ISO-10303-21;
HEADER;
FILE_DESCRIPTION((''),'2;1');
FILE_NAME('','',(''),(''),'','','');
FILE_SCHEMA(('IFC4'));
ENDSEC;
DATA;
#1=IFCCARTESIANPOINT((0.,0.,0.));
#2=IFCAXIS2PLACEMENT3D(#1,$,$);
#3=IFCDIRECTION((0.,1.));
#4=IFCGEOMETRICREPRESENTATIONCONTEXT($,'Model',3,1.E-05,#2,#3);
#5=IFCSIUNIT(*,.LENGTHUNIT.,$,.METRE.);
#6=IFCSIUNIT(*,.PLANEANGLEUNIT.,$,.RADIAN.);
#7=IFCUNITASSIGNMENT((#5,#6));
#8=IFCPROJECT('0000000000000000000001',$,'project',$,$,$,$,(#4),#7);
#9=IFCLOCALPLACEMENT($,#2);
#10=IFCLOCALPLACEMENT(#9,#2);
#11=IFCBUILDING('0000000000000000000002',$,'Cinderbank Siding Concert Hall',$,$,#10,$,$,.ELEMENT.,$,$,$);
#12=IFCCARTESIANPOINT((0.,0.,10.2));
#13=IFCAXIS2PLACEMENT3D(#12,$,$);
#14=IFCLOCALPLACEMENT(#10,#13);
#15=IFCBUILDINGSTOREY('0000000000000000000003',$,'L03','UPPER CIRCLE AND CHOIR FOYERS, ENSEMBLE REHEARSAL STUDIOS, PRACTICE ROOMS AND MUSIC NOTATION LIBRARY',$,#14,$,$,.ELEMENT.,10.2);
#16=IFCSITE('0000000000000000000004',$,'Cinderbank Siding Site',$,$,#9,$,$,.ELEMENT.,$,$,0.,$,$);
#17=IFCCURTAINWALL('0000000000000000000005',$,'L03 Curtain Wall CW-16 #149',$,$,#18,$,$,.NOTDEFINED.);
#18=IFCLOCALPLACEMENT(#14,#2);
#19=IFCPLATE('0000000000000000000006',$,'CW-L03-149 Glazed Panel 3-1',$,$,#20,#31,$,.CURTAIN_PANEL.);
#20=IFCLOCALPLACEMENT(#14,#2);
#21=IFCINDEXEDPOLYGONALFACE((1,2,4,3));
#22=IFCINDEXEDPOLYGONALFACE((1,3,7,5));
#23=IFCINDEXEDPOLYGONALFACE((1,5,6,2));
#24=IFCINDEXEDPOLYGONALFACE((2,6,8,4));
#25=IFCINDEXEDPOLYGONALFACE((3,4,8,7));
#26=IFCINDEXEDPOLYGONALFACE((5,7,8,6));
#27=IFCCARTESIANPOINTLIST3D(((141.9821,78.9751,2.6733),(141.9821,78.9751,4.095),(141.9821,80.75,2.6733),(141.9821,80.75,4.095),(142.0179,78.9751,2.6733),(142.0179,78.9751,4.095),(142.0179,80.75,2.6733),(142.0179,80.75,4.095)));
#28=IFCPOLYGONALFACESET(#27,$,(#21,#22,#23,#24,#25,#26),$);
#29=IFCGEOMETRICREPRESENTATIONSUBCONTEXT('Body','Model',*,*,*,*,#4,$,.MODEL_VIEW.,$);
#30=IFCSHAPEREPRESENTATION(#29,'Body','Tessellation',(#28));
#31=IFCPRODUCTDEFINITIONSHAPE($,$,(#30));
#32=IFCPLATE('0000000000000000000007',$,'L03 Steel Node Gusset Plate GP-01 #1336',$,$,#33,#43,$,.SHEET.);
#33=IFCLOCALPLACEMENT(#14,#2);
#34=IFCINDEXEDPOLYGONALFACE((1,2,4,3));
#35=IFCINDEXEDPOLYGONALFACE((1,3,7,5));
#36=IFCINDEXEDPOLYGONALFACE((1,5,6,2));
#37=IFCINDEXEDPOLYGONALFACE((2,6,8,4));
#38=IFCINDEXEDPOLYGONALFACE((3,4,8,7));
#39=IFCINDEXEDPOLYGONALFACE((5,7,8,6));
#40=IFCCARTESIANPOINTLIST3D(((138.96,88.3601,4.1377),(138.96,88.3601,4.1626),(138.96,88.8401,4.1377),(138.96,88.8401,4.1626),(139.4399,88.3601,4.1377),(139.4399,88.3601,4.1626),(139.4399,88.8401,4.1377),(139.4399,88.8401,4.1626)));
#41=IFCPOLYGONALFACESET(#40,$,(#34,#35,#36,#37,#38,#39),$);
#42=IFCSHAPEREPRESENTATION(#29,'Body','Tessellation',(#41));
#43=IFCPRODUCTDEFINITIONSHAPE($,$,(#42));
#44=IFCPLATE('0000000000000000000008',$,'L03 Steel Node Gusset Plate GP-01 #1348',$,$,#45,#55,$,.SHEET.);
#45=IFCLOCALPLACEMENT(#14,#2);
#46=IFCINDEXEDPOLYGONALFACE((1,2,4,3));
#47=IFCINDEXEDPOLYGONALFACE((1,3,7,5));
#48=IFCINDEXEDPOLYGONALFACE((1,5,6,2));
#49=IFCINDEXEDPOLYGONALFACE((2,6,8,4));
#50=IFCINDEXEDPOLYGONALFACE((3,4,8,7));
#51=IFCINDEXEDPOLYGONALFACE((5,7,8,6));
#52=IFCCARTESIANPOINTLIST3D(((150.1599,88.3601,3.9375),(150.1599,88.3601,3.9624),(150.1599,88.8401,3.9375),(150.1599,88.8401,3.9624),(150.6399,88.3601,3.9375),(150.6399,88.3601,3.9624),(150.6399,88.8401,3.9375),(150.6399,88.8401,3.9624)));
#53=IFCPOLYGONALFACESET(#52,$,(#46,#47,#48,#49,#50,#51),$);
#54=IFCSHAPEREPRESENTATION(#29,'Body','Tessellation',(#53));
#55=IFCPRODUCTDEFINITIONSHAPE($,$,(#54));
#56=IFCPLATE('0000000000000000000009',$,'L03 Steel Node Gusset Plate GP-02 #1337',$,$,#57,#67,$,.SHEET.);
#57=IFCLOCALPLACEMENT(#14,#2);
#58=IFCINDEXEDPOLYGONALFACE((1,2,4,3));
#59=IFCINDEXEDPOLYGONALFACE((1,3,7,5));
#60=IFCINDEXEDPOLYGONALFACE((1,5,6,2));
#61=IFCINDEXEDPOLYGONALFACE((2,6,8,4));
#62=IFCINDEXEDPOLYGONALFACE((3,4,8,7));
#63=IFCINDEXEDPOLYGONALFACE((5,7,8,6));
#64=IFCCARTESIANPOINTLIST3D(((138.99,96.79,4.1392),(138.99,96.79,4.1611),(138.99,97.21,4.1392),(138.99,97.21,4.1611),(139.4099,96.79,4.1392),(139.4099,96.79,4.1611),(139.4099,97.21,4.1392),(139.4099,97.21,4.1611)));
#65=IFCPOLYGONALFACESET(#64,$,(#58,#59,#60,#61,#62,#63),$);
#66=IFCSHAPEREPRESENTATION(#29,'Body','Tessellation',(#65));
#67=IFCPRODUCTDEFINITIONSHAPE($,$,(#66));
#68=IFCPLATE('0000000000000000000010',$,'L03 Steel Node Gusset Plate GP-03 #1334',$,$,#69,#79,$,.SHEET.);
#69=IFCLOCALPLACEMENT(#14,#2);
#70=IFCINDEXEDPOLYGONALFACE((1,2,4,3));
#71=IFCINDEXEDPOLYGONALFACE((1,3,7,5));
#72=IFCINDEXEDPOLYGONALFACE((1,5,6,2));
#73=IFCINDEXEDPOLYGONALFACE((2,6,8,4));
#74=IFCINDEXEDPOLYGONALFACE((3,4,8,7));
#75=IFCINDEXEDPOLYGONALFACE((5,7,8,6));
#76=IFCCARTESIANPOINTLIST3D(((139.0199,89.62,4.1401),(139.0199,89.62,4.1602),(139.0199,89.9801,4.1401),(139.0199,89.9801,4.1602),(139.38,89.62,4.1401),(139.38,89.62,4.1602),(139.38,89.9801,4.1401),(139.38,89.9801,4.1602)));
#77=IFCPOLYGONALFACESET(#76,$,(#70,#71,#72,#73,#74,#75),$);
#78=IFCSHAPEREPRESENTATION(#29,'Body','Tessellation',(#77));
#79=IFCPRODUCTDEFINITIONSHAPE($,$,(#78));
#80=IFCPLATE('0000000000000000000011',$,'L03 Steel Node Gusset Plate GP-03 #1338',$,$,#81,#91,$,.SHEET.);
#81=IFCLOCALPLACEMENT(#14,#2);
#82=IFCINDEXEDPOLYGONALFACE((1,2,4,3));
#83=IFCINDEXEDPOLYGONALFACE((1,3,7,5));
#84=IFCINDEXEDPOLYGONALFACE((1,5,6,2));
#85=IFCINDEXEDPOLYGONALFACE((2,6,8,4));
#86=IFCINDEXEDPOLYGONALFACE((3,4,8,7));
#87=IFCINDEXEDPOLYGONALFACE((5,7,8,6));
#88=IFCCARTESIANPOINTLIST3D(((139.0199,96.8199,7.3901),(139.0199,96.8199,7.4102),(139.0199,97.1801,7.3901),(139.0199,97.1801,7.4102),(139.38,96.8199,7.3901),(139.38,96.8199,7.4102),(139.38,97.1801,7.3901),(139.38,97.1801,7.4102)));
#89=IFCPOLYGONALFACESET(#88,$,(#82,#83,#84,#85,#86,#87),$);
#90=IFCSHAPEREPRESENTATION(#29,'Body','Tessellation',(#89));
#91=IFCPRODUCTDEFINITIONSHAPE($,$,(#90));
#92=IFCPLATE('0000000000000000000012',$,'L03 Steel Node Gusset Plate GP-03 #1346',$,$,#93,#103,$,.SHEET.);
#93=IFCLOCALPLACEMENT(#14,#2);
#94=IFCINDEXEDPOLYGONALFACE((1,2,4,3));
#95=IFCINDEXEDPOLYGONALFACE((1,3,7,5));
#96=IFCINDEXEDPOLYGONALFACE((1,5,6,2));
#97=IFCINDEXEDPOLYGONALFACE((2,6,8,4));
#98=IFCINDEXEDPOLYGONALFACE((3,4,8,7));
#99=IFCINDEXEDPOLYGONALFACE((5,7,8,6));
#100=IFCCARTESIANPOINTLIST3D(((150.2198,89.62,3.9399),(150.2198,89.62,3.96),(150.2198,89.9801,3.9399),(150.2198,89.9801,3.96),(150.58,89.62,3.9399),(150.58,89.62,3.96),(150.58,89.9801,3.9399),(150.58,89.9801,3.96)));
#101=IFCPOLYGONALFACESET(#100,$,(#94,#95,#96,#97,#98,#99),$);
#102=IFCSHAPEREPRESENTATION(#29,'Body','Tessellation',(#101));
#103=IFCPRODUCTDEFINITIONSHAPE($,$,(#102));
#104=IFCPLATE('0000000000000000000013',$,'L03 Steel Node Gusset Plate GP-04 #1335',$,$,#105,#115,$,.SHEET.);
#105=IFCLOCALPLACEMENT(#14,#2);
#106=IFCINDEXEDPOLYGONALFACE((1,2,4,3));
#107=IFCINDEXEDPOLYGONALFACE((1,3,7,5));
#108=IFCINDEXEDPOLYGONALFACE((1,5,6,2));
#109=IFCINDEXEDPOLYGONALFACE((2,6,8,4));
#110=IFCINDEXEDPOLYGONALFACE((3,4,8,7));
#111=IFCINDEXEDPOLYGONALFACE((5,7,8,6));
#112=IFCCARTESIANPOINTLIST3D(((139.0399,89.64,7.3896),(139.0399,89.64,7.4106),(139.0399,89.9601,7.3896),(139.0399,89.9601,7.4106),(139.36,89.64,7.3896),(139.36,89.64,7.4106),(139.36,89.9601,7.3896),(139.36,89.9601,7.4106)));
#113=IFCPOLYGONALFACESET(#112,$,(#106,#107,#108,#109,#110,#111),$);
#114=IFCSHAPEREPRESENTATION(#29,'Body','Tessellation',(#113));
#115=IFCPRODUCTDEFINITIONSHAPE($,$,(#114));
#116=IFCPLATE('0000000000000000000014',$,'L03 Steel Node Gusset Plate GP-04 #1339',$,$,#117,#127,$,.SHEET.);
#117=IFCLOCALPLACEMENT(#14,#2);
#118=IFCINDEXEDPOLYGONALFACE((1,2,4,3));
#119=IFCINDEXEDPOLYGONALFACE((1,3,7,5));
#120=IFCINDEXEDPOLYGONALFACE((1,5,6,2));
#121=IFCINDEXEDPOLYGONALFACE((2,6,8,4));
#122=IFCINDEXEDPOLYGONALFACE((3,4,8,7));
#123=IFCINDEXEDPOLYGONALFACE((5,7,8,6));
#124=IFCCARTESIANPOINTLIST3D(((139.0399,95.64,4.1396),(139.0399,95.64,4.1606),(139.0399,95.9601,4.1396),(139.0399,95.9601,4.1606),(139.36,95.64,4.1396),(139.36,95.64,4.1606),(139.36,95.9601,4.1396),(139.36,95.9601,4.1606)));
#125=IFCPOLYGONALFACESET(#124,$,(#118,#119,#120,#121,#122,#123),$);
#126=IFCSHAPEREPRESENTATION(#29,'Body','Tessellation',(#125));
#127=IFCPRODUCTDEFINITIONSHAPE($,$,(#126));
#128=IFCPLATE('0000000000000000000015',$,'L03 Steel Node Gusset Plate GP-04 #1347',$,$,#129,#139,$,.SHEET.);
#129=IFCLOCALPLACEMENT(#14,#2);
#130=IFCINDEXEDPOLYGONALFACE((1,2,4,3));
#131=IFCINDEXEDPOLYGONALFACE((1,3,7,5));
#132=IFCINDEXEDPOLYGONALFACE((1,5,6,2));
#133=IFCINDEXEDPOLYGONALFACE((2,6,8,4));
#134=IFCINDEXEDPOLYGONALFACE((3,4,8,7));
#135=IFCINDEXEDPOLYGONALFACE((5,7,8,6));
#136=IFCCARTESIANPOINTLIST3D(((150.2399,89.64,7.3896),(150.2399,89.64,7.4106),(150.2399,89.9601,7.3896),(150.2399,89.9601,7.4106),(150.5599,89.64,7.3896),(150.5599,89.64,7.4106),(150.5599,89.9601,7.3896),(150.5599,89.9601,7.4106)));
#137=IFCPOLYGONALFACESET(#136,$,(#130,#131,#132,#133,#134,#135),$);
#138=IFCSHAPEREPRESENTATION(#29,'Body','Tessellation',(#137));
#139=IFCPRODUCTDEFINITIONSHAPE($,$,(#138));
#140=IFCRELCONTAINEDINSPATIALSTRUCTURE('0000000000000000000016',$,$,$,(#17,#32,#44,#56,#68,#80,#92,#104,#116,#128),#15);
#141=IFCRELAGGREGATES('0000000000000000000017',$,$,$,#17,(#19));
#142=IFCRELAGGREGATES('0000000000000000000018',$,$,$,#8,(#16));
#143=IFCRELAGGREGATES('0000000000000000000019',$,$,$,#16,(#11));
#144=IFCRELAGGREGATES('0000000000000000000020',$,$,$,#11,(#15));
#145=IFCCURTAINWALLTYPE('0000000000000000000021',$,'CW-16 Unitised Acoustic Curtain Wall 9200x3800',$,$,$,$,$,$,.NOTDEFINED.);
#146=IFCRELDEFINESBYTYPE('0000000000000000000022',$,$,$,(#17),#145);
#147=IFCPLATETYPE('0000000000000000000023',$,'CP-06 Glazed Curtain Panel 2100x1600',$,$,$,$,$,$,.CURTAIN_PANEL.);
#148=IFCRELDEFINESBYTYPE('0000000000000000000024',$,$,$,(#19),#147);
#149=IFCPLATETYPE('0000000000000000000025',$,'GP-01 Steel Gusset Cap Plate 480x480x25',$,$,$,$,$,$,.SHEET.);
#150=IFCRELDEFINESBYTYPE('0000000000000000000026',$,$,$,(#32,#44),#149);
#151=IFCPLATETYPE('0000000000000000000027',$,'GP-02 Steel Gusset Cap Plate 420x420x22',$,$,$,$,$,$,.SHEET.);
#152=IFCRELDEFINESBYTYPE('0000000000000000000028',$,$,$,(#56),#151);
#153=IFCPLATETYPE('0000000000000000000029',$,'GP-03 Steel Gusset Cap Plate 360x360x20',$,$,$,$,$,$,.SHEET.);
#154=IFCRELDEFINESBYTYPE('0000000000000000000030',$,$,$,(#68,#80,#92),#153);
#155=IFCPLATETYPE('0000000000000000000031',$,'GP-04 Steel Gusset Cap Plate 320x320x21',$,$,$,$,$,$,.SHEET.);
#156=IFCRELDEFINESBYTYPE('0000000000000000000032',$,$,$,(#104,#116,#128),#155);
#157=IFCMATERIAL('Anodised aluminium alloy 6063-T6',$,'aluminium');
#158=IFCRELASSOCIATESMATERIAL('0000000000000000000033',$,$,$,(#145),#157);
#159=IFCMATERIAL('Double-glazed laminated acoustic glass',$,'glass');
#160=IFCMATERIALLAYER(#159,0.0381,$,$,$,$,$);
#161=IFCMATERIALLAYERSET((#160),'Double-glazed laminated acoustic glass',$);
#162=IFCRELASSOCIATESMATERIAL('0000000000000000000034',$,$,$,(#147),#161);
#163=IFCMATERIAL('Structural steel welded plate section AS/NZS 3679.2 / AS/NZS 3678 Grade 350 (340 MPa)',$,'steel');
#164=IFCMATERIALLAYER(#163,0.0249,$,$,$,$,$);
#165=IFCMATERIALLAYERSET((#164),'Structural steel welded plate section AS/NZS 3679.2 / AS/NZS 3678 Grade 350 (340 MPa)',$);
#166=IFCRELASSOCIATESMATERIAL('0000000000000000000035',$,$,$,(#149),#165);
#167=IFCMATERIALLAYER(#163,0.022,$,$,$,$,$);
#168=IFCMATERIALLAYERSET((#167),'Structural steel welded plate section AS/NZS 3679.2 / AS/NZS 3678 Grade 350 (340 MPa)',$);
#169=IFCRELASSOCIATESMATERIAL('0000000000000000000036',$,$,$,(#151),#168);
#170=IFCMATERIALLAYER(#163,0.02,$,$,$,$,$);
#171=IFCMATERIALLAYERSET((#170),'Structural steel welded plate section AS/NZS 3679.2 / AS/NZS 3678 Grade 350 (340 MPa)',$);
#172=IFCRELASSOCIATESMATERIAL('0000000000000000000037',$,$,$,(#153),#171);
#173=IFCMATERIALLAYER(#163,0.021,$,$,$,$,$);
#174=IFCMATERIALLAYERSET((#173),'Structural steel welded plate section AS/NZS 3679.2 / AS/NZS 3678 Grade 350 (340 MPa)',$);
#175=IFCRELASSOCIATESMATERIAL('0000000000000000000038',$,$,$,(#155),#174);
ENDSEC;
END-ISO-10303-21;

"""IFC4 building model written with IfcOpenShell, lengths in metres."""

from ifc_helpers import new_model, si_unit, direction, frame, origin, origin_2d, place, context, subcontext, project, spatial, rectangle, extrude, material, layer, layer_set, type_object, element, aggregate, save


model = new_model("IFC4")

# Units and contexts
model_context = context("Model", 3, precision=1e-05, world=origin(), true_north=direction((0.0, 1.0)))
body_context = subcontext(model_context, "Body", "Model", "MODEL_VIEW")
ifc_project = project(units=[si_unit("LENGTHUNIT", "METRE"), si_unit("PLANEANGLEUNIT", "RADIAN")], contexts=[model_context])

# Site, building, storey
site_placement = place(None, origin())
site = spatial("IfcSite", under=ifc_project, at=site_placement, Name="Cinderbank Siding Site", CompositionType="ELEMENT", RefElevation=0.0)
building_placement = place(site_placement, origin())
building = spatial("IfcBuilding", under=site, at=building_placement, Name="Cinderbank Siding Concert Hall", CompositionType="ELEMENT")
storey_placement = place(building_placement, frame((0.0, 0.0, 10.2)))
storey = spatial("IfcBuildingStorey", under=building, at=storey_placement, Name="L03", Description="UPPER CIRCLE AND CHOIR FOYERS, ENSEMBLE REHEARSAL STUDIOS, PRACTICE ROOMS AND MUSIC NOTATION LIBRARY", CompositionType="ELEMENT", Elevation=10.2)

# Shared definitions
ifc_material_1 = material(Name="Structural steel welded plate section AS/NZS 3679.2 / AS/NZS 3678 Grade 350 (340 MPa)", Category="steel")

# Curtain wall
ifc_material_2 = material(Name="Anodised aluminium alloy 6063-T6", Category="aluminium")
curtain_wall_type = type_object("IfcCurtainWallType", Name="CW-16 Unitised Acoustic Curtain Wall 9200x3800", PredefinedType="NOTDEFINED", material=ifc_material_2)
curtain_wall_1_placement = place(storey_placement, origin())
curtain_wall_1 = element("IfcCurtainWall", 1, at=curtain_wall_1_placement, inside=storey, type_object=curtain_wall_type, Name="L03 Curtain Wall CW-16 #149", PredefinedType="NOTDEFINED")

# Plate
ifc_material_3 = material(Name="Double-glazed laminated acoustic glass", Category="glass")
ifc_layer_1 = layer(ifc_material_3, 0.0381)
ifc_layer_set_1 = layer_set([ifc_layer_1], Name="Double-glazed laminated acoustic glass")
plate_type_1 = type_object("IfcPlateType", Name="CP-06 Glazed Curtain Panel 2100x1600", PredefinedType="CURTAIN_PANEL", material=ifc_layer_set_1)
plate_1_placement = place(storey_placement, frame((142.0, 79.8625, 2.6733), z_axis=(0.0, 0.0, 1.0), x_axis=(0.0, 1.0, 0.0)))
plate_1 = element("IfcPlate", 2, at=plate_1_placement, type_object=plate_type_1, Name="CW-L03-149 Glazed Panel 3-1", PredefinedType="CURTAIN_PANEL", context=body_context, shape_type="SweptSolid", body=[
    extrude(rectangle(XDim=1.7749, YDim=0.0359, at=origin_2d()), origin(), (0.0, 0.0, 1.0), 1.4216),
])
aggregate(curtain_wall_1, [plate_1])

# Plates
ifc_layer_2 = layer(ifc_material_1, 0.0249)
ifc_layer_set_2 = layer_set([ifc_layer_2], Name="Structural steel welded plate section AS/NZS 3679.2 / AS/NZS 3678 Grade 350 (340 MPa)")
plate_type_2 = type_object("IfcPlateType", Name="GP-01 Steel Gusset Cap Plate 480x480x25", PredefinedType="SHEET", material=ifc_layer_set_2)
for number, where, z_axis, x_axis, name in (
    (3, (139.2, 88.6001, 4.1377), (0.0, 0.0, 1.0), (0.0, 1.0, 0.0), "L03 Steel Node Gusset Plate GP-01 #1336"),
    (4, (150.3999, 88.6001, 3.9375), (0.0, 0.0, 1.0), (0.0, 1.0, 0.0), "L03 Steel Node Gusset Plate GP-01 #1348"),
):
    element("IfcPlate", number, at=place(storey_placement, frame(where, z_axis=z_axis, x_axis=x_axis)), inside=storey, type_object=plate_type_2, Name=name, PredefinedType="SHEET", context=body_context, shape_type="SweptSolid", body=[
        extrude(rectangle(XDim=0.48, YDim=0.48, at=origin_2d()), origin(), (0.0, 0.0, 1.0), 0.0249),
    ])
ifc_layer_3 = layer(ifc_material_1, 0.022)
ifc_layer_set_3 = layer_set([ifc_layer_3], Name="Structural steel welded plate section AS/NZS 3679.2 / AS/NZS 3678 Grade 350 (340 MPa)")
plate_type_3 = type_object("IfcPlateType", Name="GP-02 Steel Gusset Cap Plate 420x420x22", PredefinedType="SHEET", material=ifc_layer_set_3)
plate_2_placement = place(storey_placement, frame((139.2, 97.0, 4.1392), z_axis=(0.0, 0.0, 1.0), x_axis=(1.0, 0.0, 0.0)))
element("IfcPlate", 5, at=plate_2_placement, inside=storey, type_object=plate_type_3, Name="L03 Steel Node Gusset Plate GP-02 #1337", PredefinedType="SHEET", context=body_context, shape_type="SweptSolid", body=[
    extrude(rectangle(XDim=0.4199, YDim=0.4199, at=origin_2d()), origin(), (0.0, 0.0, 1.0), 0.022),
])
ifc_layer_4 = layer(ifc_material_1, 0.02)
ifc_layer_set_4 = layer_set([ifc_layer_4], Name="Structural steel welded plate section AS/NZS 3679.2 / AS/NZS 3678 Grade 350 (340 MPa)")
plate_type_4 = type_object("IfcPlateType", Name="GP-03 Steel Gusset Cap Plate 360x360x20", PredefinedType="SHEET", material=ifc_layer_set_4)
for number, where, z_axis, x_axis, name in (
    (6, (139.2, 89.8, 4.1401), (0.0, 0.0, 1.0), (1.0, 0.0, 0.0), "L03 Steel Node Gusset Plate GP-03 #1334"),
    (7, (139.2, 97.0, 7.3901), (0.0, 0.0, 1.0), (1.0, 0.0, 0.0), "L03 Steel Node Gusset Plate GP-03 #1338"),
    (8, (150.3999, 89.8, 3.9399), (0.0, 0.0, 1.0), (1.0, 0.0, 0.0), "L03 Steel Node Gusset Plate GP-03 #1346"),
):
    element("IfcPlate", number, at=place(storey_placement, frame(where, z_axis=z_axis, x_axis=x_axis)), inside=storey, type_object=plate_type_4, Name=name, PredefinedType="SHEET", context=body_context, shape_type="SweptSolid", body=[
        extrude(rectangle(XDim=0.3601, YDim=0.3601, at=origin_2d()), origin(), (0.0, 0.0, 1.0), 0.02),
    ])
ifc_layer_5 = layer(ifc_material_1, 0.021)
ifc_layer_set_5 = layer_set([ifc_layer_5], Name="Structural steel welded plate section AS/NZS 3679.2 / AS/NZS 3678 Grade 350 (340 MPa)")
plate_type_5 = type_object("IfcPlateType", Name="GP-04 Steel Gusset Cap Plate 320x320x21", PredefinedType="SHEET", material=ifc_layer_set_5)
for number, where, z_axis, x_axis, name in (
    (9, (139.2, 89.8, 7.3896), (0.0, 0.0, 1.0), (1.0, 0.0, 0.0), "L03 Steel Node Gusset Plate GP-04 #1335"),
    (10, (139.2, 95.8, 4.1396), (0.0, 0.0, 1.0), (0.0, 1.0, 0.0), "L03 Steel Node Gusset Plate GP-04 #1339"),
    (11, (150.3999, 89.8, 7.3896), (0.0, 0.0, 1.0), (1.0, 0.0, 0.0), "L03 Steel Node Gusset Plate GP-04 #1347"),
):
    element("IfcPlate", number, at=place(storey_placement, frame(where, z_axis=z_axis, x_axis=x_axis)), inside=storey, type_object=plate_type_5, Name=name, PredefinedType="SHEET", context=body_context, shape_type="SweptSolid", body=[
        extrude(rectangle(XDim=0.3201, YDim=0.3201, at=origin_2d()), origin(), (0.0, 0.0, 1.0), 0.021),
    ])

save(model, "model.ifc")
